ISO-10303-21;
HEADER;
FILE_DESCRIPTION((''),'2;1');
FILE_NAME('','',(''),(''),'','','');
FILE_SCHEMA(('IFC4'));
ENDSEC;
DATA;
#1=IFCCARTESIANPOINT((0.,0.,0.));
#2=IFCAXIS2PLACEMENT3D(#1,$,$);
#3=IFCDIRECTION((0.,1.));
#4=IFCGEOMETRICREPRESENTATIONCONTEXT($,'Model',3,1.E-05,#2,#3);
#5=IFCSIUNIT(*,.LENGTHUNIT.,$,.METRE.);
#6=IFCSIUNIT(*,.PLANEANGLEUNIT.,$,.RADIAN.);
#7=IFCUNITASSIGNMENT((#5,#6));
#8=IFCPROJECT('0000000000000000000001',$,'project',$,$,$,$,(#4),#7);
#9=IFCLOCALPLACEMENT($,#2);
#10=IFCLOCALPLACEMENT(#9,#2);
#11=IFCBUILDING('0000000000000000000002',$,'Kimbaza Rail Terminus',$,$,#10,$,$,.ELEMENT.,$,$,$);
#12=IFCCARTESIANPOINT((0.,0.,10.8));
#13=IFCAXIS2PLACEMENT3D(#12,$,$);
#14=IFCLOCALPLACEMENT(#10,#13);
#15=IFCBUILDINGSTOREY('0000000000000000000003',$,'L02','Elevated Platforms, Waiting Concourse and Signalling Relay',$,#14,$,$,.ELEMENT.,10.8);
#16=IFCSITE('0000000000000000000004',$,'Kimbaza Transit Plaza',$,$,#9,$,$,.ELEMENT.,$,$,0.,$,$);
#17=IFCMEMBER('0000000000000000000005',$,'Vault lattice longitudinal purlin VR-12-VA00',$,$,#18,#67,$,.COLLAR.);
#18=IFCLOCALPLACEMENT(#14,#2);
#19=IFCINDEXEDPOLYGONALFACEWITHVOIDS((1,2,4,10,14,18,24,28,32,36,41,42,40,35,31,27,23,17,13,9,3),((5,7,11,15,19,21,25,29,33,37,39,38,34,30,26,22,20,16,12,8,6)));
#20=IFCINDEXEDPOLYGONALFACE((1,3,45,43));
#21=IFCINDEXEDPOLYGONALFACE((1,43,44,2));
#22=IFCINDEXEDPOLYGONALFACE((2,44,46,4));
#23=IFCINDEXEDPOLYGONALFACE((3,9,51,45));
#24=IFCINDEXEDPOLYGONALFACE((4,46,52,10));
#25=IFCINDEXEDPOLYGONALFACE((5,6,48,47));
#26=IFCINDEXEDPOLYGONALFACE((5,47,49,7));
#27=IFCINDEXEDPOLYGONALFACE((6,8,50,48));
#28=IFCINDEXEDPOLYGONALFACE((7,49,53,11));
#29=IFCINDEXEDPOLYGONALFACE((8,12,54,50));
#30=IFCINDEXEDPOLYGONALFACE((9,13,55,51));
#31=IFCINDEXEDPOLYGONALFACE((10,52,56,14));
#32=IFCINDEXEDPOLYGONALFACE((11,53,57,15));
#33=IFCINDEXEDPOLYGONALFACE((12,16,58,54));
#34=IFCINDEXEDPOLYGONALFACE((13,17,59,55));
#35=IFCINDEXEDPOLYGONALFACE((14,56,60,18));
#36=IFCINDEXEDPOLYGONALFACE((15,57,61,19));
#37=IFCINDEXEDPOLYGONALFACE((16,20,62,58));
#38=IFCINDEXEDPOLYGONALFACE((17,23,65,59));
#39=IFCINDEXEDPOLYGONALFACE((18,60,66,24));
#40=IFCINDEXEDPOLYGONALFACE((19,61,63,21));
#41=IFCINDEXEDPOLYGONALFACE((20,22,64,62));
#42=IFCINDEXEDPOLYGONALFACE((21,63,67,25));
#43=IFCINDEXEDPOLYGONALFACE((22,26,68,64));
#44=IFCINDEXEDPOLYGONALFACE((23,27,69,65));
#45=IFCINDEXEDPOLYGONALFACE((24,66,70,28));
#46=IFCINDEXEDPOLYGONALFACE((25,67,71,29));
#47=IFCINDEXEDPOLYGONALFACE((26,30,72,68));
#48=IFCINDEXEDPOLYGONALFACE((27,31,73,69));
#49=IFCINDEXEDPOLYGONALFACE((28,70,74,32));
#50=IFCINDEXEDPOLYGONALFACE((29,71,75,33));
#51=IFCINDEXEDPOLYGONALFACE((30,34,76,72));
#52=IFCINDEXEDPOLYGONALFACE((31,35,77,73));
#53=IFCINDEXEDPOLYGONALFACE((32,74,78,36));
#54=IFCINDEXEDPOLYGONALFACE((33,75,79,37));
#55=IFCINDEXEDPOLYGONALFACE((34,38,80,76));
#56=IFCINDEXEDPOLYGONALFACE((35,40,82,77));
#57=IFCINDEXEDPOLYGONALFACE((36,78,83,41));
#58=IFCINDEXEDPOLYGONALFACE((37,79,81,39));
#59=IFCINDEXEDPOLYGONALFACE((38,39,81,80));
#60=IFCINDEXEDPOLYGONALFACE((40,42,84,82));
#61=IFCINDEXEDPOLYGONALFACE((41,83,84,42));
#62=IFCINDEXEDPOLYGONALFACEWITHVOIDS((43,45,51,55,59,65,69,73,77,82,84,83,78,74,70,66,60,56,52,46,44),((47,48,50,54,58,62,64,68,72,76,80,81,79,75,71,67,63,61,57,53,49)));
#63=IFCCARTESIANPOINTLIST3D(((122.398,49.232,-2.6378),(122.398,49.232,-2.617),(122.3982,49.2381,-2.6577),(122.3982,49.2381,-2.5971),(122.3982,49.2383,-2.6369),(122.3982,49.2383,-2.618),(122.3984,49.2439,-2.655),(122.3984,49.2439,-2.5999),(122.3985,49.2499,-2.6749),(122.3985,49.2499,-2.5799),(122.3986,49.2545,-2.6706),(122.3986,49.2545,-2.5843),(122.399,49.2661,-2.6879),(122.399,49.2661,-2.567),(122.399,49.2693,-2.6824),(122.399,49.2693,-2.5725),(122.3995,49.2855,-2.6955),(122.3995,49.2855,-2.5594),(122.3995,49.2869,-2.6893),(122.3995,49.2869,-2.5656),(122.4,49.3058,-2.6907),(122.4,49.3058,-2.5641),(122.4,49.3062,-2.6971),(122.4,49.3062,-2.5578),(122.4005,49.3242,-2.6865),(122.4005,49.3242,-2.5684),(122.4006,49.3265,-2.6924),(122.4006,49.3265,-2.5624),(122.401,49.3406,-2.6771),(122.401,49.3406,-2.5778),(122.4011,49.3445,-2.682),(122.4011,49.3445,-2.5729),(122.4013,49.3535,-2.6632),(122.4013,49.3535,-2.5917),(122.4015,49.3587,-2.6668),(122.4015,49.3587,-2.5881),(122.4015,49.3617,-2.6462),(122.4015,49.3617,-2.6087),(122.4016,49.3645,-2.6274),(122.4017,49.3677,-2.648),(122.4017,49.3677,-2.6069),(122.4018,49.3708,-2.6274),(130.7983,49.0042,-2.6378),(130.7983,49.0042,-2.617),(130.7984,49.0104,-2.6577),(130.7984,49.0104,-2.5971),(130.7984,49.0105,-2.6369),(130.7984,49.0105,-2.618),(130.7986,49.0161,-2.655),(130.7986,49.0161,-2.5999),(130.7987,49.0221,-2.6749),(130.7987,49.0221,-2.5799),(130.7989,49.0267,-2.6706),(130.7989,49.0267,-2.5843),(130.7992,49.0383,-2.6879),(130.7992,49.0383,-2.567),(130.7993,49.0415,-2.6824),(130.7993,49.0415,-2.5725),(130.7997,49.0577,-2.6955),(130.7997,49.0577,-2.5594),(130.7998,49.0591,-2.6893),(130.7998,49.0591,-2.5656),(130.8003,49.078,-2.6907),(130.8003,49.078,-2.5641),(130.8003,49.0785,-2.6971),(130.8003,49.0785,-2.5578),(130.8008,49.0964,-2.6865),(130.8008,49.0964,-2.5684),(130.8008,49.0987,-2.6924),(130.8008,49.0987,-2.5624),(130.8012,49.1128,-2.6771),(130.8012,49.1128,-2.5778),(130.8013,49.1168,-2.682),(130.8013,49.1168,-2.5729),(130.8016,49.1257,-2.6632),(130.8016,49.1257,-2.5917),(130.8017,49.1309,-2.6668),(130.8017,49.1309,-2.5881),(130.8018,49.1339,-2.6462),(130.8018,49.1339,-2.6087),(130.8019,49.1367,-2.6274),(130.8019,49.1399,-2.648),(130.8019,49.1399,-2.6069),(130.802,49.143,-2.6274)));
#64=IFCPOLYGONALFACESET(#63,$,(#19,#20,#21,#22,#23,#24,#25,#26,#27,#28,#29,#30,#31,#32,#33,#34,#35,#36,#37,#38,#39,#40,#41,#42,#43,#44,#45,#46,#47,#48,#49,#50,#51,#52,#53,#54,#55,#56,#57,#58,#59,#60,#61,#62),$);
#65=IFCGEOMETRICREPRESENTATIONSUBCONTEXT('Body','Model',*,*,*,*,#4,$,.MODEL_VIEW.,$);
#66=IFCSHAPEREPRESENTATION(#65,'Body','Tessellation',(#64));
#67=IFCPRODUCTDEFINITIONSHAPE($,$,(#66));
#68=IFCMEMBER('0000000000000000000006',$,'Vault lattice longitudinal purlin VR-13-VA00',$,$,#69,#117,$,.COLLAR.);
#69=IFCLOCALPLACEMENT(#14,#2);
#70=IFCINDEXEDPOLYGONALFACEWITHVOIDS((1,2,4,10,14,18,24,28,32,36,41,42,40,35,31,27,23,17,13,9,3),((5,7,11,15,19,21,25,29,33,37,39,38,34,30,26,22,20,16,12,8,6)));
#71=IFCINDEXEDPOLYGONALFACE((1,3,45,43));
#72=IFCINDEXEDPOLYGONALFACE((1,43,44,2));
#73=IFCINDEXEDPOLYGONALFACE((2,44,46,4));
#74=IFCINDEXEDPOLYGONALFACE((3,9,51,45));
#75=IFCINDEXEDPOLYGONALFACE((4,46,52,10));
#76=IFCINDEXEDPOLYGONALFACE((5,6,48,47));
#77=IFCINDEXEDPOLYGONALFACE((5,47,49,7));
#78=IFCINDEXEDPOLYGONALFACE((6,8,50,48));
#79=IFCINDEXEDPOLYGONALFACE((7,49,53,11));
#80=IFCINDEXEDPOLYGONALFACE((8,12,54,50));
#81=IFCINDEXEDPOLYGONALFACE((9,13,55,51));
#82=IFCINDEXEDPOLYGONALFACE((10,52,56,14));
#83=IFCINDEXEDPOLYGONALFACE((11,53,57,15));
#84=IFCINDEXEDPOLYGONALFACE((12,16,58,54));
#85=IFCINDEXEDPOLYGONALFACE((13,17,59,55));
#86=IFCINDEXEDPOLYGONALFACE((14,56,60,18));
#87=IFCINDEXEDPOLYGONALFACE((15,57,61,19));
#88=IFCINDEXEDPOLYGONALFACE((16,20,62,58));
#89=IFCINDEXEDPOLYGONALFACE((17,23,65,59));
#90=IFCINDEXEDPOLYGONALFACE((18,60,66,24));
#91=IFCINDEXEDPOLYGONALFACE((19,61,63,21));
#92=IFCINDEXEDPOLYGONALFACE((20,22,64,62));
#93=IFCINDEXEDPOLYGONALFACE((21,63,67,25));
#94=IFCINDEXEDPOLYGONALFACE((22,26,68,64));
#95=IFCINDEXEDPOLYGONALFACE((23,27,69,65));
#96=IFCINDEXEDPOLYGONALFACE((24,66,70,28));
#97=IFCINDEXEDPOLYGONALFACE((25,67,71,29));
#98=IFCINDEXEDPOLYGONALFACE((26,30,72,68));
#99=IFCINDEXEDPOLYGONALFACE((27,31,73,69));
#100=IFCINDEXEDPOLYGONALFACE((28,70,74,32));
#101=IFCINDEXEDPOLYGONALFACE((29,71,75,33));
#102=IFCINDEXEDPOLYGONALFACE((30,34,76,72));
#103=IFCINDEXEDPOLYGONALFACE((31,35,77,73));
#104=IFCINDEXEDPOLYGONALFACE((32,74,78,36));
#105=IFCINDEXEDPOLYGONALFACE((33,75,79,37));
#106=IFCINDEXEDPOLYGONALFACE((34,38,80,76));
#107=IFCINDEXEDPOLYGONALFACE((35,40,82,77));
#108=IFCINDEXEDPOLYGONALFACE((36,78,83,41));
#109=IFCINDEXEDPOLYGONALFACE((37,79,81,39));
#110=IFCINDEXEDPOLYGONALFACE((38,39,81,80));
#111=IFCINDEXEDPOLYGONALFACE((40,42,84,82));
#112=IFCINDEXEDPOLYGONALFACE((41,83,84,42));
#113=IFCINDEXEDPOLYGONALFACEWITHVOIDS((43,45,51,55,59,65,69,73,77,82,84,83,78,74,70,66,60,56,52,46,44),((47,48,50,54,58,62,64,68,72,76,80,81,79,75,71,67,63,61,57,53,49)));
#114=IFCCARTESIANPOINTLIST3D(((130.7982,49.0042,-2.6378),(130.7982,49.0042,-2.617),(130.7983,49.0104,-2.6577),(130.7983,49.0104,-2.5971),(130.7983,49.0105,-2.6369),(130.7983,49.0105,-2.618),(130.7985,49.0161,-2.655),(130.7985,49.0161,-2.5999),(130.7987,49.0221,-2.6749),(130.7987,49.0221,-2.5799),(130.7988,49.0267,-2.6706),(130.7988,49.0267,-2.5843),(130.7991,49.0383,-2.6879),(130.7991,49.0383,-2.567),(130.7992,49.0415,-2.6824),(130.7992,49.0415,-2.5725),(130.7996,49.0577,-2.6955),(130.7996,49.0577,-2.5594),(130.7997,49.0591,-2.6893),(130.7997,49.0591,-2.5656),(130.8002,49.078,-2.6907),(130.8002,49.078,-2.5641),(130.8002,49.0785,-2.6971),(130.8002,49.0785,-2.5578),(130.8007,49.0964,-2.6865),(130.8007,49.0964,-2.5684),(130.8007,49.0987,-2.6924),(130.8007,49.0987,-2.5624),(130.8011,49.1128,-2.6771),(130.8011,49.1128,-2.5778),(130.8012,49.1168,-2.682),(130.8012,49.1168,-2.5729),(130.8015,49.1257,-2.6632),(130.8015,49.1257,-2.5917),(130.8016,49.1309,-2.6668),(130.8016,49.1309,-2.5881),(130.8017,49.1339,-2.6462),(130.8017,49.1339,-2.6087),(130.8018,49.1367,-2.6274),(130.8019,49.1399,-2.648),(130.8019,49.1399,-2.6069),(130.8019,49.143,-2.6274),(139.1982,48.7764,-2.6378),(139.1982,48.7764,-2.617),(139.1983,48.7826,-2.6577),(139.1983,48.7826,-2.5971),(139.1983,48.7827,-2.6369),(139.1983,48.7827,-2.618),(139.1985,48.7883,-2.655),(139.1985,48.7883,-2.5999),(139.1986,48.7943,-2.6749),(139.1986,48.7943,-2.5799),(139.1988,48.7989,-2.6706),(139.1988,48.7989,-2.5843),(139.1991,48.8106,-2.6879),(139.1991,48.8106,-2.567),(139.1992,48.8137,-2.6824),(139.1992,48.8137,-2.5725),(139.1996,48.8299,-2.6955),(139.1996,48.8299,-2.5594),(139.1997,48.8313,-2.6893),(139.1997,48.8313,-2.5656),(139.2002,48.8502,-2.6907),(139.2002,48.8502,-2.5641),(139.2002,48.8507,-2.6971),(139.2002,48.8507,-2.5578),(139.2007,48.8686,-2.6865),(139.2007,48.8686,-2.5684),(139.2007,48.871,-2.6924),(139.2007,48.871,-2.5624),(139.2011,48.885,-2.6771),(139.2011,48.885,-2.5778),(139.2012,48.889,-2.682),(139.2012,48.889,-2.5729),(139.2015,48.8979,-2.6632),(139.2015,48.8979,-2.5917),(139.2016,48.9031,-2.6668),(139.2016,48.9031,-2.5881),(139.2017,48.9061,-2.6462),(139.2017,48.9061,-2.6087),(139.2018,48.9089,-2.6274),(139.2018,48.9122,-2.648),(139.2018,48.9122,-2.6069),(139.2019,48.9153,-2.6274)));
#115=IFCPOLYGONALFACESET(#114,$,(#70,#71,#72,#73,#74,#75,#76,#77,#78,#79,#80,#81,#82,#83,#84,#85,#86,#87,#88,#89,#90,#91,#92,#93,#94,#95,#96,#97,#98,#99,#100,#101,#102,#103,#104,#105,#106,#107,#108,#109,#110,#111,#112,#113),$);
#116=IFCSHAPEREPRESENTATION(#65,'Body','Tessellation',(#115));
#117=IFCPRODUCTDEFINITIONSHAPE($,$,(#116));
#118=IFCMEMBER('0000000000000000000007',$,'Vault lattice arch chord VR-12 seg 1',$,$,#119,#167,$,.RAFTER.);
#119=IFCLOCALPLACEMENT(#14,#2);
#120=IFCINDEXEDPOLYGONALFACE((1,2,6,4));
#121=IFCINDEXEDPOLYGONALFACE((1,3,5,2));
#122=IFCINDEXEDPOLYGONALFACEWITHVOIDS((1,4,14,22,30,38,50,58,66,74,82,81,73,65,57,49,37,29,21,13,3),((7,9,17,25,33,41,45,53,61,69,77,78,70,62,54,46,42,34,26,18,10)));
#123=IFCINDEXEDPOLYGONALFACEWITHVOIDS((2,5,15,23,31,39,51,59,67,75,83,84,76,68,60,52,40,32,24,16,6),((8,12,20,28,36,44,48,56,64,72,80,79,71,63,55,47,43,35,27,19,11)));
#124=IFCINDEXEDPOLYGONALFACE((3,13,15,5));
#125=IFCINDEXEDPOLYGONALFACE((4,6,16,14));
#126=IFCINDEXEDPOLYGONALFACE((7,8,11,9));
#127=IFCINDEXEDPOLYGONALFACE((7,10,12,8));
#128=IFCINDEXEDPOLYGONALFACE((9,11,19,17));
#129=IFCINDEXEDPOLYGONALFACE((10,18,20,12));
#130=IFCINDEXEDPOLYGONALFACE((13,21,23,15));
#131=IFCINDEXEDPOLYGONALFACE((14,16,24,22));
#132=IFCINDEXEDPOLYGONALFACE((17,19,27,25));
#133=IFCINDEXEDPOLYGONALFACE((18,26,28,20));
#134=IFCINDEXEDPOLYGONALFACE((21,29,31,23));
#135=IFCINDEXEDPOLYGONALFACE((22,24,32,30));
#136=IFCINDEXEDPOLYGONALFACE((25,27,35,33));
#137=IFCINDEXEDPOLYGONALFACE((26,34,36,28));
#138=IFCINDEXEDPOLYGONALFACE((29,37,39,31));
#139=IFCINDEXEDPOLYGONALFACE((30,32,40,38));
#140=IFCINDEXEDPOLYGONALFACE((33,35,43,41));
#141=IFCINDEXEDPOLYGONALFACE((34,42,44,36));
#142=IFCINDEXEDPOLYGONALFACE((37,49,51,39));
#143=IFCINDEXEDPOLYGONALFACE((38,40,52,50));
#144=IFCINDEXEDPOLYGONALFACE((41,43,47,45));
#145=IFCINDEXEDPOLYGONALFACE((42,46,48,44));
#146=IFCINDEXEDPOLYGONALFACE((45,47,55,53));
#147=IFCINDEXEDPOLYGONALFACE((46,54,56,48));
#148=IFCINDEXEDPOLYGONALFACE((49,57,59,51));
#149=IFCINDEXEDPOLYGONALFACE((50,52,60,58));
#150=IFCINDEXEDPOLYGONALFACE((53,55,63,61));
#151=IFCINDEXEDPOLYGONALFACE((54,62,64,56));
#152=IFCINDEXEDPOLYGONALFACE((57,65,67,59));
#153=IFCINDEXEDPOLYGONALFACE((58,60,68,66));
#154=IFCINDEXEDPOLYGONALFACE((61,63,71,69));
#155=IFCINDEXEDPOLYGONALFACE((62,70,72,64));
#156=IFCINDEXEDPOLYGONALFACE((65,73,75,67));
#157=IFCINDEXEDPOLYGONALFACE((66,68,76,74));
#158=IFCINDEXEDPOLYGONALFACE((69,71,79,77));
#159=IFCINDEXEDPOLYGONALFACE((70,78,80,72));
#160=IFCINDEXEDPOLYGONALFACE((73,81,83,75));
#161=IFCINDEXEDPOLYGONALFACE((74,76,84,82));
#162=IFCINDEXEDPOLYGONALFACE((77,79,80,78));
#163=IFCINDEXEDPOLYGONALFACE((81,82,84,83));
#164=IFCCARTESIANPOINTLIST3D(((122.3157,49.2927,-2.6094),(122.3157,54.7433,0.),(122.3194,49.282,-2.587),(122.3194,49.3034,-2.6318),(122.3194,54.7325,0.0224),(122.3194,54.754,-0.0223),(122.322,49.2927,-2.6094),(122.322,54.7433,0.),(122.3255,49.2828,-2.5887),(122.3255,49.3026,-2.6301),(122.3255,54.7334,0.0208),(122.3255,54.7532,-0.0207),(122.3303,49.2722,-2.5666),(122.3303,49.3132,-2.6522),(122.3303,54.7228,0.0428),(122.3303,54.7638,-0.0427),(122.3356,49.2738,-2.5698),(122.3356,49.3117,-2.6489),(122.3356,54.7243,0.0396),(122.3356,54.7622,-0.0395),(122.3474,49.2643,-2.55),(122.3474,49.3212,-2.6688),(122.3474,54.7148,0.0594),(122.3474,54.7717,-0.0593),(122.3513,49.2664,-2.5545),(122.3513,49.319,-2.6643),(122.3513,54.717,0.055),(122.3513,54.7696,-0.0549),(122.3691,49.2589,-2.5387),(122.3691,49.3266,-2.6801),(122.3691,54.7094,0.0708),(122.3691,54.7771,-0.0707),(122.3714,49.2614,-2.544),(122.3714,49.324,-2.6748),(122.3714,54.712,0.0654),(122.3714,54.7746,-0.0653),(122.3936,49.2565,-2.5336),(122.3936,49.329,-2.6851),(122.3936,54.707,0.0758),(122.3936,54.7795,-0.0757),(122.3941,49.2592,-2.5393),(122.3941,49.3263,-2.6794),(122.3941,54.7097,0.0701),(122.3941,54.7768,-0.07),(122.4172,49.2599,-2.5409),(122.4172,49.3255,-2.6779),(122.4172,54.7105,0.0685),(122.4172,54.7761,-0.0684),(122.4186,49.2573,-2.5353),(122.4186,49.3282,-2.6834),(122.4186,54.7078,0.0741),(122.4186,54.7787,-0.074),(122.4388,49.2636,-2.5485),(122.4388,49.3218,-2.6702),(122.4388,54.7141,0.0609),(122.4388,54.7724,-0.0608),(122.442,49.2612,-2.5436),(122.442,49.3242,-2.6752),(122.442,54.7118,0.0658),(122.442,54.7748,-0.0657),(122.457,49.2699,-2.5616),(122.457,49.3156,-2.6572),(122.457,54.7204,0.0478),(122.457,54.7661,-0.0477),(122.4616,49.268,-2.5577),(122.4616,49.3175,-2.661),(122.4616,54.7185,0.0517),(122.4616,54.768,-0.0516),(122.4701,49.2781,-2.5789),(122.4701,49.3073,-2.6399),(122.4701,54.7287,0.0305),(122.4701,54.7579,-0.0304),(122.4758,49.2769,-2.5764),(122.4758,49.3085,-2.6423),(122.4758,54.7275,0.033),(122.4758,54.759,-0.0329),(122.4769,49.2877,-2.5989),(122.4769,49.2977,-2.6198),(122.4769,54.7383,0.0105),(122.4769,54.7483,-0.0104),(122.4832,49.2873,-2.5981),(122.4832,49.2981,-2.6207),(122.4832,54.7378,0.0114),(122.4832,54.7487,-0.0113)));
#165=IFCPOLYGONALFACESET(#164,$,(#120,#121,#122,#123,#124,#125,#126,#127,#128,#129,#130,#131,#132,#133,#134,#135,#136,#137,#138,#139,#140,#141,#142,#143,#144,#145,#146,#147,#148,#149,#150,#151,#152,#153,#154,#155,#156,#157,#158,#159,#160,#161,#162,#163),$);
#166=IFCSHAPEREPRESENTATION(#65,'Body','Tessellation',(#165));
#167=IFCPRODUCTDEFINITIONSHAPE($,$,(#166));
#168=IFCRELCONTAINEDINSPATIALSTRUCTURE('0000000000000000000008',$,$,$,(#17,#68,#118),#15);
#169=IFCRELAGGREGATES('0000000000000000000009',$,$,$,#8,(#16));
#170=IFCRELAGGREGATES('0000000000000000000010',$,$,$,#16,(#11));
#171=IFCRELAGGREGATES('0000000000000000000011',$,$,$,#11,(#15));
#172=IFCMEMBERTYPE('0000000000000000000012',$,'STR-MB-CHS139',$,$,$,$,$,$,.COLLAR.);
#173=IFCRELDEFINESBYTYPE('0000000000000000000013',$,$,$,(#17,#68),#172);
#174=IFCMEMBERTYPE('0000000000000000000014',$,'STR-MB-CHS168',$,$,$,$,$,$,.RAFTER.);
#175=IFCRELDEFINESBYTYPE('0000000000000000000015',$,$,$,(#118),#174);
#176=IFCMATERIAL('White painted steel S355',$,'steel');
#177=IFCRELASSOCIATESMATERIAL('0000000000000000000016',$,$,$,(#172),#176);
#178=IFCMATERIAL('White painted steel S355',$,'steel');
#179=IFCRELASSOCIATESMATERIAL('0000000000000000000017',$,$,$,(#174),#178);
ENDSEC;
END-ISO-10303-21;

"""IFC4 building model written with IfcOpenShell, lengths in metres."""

from ifc_helpers import new_model, si_unit, direction, frame, origin, origin_2d, place, context, subcontext, project, spatial, hollow_circle, extrude, material, material_profile, profile_set, type_object, element, save


model = new_model("IFC4")

# Units and contexts
model_context = context("Model", 3, precision=1e-05, world=origin(), true_north=direction((0.0, 1.0)))
body_context = subcontext(model_context, "Body", "Model", "MODEL_VIEW")
ifc_project = project(units=[si_unit("LENGTHUNIT", "METRE"), si_unit("PLANEANGLEUNIT", "RADIAN")], contexts=[model_context])

# Site, building, storey
site_placement = place(None, origin())
site = spatial("IfcSite", under=ifc_project, at=site_placement, Name="Kimbaza Transit Plaza", CompositionType="ELEMENT", RefElevation=0.0)
building_placement = place(site_placement, origin())
building = spatial("IfcBuilding", under=site, at=building_placement, Name="Kimbaza Rail Terminus", CompositionType="ELEMENT")
storey_placement = place(building_placement, frame((0.0, 0.0, 10.8)))
storey = spatial("IfcBuildingStorey", under=building, at=storey_placement, Name="L02", Description="Elevated Platforms, Waiting Concourse and Signalling Relay", CompositionType="ELEMENT", Elevation=10.8)

# Members
ifc_material_1 = material(Name="White painted steel S355", Category="steel")
ifc_material_profile_1 = material_profile(ifc_material_1, hollow_circle(Radius=0.0698, WallThickness=0.0063, at=origin_2d()), Name="CHS 139.7x6.3")
ifc_profile_set_1 = profile_set([ifc_material_profile_1], Name="White painted steel S355")
member_type_1 = type_object("IfcMemberType", Name="STR-MB-CHS139", PredefinedType="COLLAR", material=ifc_profile_set_1)
member_1_placement = place(storey_placement, frame((122.3999, 49.301, -2.6274), z_axis=(0.999633, -0.027107, 0.0), x_axis=(0.027107, 0.999633, 0.0)))
element("IfcMember", 1, at=member_1_placement, inside=storey, type_object=member_type_1, Name="Vault lattice longitudinal purlin VR-12-VA00", PredefinedType="COLLAR", context=body_context, shape_type="SweptSolid", body=[
    extrude(hollow_circle(Radius=0.0698, WallThickness=0.0063, at=origin_2d()), origin(), (0.0, 0.0, 1.0), 8.4033),
])
member_2_placement = place(storey_placement, frame((130.8, 49.0732, -2.6274), z_axis=(0.999633, -0.027107, 0.0), x_axis=(0.027107, 0.999633, 0.0)))
element("IfcMember", 2, at=member_2_placement, inside=storey, type_object=member_type_1, Name="Vault lattice longitudinal purlin VR-13-VA00", PredefinedType="COLLAR", context=body_context, shape_type="SweptSolid", body=[
    extrude(hollow_circle(Radius=0.0698, WallThickness=0.0063, at=origin_2d()), origin(), (0.0, 0.0, 1.0), 8.4031),
])
ifc_material_2 = material(Name="White painted steel S355", Category="steel")
ifc_material_profile_2 = material_profile(ifc_material_2, hollow_circle(Radius=0.0842, WallThickness=0.0063, at=origin_2d()), Name="CHS 168.3x6.3")
ifc_profile_set_2 = profile_set([ifc_material_profile_2], Name="White painted steel S355")
member_type_2 = type_object("IfcMemberType", Name="STR-MB-CHS168", PredefinedType="RAFTER", material=ifc_profile_set_2)
for number, where, z_axis, x_axis, name in (
    (3, (122.3999, 49.2927, -2.6094), (0.0, 0.901964, 0.431811), (-1.0, 0.0, 0.0), "Vault lattice arch chord VR-12 seg 1"),
):
    element("IfcMember", number, at=place(storey_placement, frame(where, z_axis=z_axis, x_axis=x_axis)), inside=storey, type_object=member_type_2, Name=name, PredefinedType="RAFTER", context=body_context, shape_type="SweptSolid", body=[
        extrude(hollow_circle(Radius=0.0842, WallThickness=0.0063, at=origin_2d()), origin(), (0.0, 0.0, 1.0), 6.043),
    ])

save(model, "model.ifc")
